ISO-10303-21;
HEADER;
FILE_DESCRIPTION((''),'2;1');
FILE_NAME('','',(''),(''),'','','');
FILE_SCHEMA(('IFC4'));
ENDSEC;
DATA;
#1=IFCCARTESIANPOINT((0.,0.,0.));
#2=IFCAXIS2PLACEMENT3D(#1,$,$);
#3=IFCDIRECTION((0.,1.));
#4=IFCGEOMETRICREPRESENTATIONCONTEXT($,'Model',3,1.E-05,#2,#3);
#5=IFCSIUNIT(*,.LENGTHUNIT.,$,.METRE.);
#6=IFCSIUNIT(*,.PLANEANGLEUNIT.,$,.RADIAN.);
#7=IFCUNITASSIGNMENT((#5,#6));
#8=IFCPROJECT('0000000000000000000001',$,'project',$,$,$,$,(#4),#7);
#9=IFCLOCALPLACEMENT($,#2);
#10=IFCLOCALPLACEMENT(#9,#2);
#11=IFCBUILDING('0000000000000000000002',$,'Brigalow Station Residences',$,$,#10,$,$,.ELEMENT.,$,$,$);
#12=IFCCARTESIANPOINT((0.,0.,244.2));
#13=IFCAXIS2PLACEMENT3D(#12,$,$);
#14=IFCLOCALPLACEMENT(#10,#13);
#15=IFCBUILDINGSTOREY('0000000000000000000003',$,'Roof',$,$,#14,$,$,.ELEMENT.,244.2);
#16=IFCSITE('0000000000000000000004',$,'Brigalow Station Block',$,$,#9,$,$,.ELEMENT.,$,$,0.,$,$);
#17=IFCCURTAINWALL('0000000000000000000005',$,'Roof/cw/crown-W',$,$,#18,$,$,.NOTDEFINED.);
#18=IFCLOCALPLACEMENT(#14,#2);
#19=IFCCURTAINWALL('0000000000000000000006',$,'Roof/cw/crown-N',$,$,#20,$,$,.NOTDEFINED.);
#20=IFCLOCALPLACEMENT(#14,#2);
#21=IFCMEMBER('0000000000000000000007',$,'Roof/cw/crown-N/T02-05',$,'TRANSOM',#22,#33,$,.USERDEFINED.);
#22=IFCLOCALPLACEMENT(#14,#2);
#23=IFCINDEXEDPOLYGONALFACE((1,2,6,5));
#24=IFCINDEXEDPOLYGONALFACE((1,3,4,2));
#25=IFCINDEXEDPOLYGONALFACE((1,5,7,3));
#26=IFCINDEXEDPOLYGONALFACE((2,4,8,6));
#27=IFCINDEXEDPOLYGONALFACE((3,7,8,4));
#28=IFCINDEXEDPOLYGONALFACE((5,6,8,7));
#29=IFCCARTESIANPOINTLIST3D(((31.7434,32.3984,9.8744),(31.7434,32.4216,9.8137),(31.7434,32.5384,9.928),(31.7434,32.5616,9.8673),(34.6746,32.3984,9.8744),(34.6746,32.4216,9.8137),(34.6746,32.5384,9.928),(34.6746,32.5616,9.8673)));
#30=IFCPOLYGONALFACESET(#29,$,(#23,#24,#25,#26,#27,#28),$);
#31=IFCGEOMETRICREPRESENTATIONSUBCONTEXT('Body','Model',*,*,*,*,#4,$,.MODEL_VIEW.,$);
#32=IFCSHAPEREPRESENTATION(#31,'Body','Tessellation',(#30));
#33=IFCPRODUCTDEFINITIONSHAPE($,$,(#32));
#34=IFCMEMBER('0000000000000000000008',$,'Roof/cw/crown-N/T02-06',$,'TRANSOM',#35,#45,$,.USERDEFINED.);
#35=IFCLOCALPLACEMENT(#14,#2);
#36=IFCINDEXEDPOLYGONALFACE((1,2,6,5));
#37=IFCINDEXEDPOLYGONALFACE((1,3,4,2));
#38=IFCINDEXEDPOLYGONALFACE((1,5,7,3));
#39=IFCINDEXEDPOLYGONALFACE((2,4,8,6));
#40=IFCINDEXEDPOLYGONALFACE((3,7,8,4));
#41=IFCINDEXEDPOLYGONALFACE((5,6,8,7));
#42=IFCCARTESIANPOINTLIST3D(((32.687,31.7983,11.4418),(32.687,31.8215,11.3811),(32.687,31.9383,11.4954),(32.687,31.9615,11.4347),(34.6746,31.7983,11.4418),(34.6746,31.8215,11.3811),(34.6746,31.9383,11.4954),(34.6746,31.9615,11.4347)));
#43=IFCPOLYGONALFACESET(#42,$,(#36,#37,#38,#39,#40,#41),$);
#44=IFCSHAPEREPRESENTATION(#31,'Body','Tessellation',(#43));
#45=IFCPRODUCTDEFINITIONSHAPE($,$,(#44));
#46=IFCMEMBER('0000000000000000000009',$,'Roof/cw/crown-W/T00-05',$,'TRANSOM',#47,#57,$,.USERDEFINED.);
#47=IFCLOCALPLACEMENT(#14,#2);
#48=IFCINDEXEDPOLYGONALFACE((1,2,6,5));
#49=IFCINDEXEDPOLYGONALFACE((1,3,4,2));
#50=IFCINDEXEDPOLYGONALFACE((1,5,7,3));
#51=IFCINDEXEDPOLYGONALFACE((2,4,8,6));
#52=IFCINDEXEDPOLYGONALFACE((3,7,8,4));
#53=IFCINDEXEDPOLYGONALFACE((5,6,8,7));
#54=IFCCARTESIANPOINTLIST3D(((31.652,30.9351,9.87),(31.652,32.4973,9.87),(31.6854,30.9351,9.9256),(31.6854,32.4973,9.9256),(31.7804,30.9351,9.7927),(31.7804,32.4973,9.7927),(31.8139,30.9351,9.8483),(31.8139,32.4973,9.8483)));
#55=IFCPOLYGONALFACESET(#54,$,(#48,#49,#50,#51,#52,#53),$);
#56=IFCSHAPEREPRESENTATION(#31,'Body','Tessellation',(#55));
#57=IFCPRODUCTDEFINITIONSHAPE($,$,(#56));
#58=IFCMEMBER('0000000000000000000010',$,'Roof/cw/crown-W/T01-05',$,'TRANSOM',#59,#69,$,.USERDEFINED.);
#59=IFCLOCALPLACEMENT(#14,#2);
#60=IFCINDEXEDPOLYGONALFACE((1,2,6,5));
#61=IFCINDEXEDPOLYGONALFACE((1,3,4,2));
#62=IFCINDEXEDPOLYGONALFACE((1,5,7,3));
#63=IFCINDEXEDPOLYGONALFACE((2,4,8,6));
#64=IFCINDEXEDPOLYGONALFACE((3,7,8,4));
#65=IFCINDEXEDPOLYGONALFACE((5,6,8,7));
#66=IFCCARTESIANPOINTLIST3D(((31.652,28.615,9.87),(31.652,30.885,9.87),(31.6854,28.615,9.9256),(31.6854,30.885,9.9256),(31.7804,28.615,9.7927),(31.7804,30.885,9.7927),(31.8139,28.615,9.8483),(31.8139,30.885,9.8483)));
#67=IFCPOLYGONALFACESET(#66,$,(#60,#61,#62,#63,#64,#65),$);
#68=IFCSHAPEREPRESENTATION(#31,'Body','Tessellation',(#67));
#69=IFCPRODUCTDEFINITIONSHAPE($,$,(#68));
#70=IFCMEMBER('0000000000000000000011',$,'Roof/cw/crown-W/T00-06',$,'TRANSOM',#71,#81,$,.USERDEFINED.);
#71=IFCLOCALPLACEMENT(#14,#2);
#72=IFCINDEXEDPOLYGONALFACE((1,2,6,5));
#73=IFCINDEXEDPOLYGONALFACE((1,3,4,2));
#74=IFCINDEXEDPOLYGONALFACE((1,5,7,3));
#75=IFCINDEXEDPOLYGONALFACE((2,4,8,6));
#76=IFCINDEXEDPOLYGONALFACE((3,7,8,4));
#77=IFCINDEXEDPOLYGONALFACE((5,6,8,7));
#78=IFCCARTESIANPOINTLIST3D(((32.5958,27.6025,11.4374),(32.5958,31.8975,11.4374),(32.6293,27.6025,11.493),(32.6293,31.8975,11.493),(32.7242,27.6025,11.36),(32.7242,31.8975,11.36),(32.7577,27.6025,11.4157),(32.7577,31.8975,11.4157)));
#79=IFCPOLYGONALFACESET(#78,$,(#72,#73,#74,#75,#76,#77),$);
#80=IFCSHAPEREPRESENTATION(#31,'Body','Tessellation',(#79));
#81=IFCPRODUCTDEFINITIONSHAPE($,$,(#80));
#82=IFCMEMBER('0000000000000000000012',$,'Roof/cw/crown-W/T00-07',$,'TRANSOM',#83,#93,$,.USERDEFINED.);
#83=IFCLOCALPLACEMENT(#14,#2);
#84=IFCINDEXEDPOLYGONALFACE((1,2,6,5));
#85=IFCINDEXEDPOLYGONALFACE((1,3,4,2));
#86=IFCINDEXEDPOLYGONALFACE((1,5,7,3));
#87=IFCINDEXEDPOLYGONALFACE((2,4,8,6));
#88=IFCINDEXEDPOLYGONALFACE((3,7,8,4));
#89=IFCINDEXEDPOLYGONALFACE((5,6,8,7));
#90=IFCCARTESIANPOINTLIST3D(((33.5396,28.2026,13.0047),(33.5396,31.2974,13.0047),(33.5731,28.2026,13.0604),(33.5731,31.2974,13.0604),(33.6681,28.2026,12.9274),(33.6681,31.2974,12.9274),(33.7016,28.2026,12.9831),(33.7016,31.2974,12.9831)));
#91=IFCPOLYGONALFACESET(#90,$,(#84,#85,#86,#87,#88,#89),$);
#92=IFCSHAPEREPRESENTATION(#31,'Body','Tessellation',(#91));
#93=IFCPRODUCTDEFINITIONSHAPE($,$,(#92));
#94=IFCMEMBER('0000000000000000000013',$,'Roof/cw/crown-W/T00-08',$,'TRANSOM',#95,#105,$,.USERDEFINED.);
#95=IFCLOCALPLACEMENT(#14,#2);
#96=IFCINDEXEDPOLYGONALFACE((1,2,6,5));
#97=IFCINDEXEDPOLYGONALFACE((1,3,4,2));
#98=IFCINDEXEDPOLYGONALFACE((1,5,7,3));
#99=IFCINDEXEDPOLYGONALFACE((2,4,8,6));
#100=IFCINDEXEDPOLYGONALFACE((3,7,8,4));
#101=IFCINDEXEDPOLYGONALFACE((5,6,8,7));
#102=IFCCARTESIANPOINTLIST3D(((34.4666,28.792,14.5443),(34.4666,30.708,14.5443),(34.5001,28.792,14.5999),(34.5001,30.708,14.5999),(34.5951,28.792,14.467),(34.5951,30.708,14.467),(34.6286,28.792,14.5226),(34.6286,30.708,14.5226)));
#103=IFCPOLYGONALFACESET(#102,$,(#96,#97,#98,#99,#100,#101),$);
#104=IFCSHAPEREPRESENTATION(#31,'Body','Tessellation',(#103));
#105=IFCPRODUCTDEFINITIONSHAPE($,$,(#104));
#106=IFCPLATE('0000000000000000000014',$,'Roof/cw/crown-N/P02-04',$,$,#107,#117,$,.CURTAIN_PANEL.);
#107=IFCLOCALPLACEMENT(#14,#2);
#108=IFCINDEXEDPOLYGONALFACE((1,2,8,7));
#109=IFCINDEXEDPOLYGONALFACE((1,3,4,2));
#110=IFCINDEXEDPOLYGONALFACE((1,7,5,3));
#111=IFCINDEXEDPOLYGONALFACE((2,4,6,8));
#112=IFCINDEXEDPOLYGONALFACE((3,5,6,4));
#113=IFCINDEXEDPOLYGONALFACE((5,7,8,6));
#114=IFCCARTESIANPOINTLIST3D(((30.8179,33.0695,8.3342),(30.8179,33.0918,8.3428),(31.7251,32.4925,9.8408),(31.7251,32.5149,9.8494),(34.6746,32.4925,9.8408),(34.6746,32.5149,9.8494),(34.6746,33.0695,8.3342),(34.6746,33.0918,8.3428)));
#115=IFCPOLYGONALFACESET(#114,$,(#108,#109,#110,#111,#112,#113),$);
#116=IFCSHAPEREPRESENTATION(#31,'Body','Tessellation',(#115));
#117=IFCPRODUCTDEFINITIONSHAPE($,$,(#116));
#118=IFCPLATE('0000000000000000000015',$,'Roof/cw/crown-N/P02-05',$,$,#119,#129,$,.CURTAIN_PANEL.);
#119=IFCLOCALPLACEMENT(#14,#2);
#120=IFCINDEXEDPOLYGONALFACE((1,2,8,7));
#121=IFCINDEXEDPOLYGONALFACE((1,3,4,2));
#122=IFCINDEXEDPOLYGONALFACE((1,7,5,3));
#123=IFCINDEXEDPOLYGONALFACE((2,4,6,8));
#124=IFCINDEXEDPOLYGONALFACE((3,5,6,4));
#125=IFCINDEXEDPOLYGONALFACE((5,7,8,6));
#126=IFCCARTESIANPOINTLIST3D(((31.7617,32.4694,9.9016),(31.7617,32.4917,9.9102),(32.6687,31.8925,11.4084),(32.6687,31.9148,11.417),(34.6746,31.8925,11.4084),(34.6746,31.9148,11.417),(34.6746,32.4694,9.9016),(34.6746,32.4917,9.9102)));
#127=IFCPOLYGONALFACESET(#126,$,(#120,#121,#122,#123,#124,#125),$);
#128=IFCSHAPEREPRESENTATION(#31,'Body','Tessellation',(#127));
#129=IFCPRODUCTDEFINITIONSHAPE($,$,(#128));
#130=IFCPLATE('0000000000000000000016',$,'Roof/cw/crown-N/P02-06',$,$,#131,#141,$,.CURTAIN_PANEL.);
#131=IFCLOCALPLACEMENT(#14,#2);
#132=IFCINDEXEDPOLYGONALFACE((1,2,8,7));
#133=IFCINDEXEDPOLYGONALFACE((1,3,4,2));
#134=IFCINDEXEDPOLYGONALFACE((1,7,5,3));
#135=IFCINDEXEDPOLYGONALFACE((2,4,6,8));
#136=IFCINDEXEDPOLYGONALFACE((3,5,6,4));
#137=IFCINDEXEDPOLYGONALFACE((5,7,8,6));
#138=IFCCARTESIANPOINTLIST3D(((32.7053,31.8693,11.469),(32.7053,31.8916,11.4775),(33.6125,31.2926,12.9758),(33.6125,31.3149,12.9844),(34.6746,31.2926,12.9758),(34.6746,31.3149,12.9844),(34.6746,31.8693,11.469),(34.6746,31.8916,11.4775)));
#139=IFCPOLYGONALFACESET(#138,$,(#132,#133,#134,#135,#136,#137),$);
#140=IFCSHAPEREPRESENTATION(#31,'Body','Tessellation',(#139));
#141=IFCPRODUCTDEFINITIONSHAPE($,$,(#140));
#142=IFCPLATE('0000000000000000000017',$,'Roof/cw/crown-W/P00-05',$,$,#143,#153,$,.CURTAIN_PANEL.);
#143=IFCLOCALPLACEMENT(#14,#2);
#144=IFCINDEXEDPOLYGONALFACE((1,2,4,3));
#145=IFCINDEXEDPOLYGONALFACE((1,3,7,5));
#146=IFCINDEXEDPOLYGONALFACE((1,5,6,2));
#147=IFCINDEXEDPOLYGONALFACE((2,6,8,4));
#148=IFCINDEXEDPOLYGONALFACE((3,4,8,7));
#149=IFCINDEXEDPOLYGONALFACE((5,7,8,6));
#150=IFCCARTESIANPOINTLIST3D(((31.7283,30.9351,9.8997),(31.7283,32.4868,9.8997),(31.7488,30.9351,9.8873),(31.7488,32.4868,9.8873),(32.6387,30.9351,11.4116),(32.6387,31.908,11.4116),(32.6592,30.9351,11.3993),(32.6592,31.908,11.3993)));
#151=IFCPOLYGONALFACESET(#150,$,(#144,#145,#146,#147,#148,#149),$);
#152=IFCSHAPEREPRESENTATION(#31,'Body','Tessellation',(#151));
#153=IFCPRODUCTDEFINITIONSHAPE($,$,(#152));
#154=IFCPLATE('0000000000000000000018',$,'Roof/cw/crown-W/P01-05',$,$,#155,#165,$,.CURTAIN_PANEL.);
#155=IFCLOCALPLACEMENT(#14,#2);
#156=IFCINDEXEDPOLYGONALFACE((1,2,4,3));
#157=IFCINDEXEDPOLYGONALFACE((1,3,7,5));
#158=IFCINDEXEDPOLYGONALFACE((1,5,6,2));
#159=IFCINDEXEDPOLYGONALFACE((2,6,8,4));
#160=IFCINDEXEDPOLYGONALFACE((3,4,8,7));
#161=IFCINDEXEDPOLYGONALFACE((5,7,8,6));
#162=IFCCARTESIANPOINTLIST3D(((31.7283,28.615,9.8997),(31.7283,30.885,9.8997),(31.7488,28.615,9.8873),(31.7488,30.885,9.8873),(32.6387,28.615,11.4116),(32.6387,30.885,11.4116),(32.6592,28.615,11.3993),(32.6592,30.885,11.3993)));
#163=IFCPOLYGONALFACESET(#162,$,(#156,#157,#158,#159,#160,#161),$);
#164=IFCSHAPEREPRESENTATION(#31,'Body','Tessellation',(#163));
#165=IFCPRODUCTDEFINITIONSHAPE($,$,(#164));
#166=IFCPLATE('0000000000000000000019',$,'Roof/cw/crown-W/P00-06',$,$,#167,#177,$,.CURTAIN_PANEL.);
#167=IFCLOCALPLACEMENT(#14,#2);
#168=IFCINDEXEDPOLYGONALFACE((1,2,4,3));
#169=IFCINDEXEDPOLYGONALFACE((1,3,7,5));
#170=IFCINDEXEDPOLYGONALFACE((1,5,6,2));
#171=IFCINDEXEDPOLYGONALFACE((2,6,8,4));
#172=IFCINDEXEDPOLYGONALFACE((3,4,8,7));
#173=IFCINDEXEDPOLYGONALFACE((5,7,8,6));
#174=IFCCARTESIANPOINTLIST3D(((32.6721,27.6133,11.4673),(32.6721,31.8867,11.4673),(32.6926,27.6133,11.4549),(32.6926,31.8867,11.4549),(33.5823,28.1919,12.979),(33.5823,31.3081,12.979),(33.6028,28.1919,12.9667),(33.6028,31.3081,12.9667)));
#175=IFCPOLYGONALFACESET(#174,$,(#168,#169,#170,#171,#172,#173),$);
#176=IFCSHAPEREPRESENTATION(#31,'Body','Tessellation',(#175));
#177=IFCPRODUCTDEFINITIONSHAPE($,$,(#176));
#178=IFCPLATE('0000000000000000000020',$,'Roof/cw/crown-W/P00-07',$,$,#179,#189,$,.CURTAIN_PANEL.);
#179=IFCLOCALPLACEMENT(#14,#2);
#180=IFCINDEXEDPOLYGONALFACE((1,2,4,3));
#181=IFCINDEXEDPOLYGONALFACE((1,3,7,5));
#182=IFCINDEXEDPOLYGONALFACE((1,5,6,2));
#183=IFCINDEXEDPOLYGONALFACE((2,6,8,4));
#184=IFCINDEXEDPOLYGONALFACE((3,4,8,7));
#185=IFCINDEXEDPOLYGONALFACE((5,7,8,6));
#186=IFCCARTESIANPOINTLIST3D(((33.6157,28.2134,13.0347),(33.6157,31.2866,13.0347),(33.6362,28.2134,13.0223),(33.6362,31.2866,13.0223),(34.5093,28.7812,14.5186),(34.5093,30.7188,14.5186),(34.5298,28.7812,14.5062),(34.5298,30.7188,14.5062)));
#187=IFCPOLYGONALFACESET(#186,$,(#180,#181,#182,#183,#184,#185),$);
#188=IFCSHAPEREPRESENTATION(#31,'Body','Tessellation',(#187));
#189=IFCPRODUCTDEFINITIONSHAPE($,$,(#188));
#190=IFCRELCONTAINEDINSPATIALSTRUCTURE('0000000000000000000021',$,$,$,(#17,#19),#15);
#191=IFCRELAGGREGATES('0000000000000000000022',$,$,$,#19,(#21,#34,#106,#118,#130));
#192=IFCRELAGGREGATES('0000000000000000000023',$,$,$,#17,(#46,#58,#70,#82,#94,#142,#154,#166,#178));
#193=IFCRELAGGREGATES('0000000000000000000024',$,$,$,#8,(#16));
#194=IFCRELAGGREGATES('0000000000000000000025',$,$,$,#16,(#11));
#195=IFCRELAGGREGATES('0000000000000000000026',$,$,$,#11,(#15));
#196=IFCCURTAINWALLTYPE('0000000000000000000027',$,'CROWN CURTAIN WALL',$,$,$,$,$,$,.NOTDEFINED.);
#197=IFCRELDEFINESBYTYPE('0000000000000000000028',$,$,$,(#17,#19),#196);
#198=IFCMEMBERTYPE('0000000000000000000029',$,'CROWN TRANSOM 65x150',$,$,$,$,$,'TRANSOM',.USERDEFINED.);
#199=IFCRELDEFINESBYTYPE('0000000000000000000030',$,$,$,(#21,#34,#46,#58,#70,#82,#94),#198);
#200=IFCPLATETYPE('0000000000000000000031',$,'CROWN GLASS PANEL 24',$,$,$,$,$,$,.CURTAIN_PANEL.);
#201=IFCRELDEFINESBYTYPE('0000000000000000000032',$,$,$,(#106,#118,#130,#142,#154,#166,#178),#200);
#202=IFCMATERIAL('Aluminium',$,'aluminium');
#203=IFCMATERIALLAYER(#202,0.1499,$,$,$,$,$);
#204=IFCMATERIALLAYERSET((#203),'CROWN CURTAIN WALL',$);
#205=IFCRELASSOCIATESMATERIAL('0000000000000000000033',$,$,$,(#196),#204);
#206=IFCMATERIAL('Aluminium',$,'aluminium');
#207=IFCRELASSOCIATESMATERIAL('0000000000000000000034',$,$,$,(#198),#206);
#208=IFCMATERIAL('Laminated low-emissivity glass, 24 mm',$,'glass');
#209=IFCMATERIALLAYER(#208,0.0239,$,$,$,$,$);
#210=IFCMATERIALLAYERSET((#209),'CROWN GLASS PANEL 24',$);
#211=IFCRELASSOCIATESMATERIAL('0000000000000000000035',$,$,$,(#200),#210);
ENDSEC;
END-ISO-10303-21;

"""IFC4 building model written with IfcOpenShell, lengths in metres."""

from ifc_helpers import new_model, si_unit, direction, frame, origin, origin_2d, place, context, subcontext, project, spatial, polyline, rectangle, outline, extrude, material, layer, layer_set, material_profile, profile_set, type_object, element, aggregate, save


model = new_model("IFC4")

# Units and contexts
model_context = context("Model", 3, precision=1e-05, world=origin(), true_north=direction((0.0, 1.0)))
body_context = subcontext(model_context, "Body", "Model", "MODEL_VIEW")
ifc_project = project(units=[si_unit("LENGTHUNIT", "METRE"), si_unit("PLANEANGLEUNIT", "RADIAN")], contexts=[model_context])

# Site, building, storey
site_placement = place(None, origin())
site = spatial("IfcSite", under=ifc_project, at=site_placement, Name="Brigalow Station Block", CompositionType="ELEMENT", RefElevation=0.0)
building_placement = place(site_placement, origin())
building = spatial("IfcBuilding", under=site, at=building_placement, Name="Brigalow Station Residences", CompositionType="ELEMENT")
storey_placement = place(building_placement, frame((0.0, 0.0, 244.2)))
storey = spatial("IfcBuildingStorey", under=building, at=storey_placement, Name="Roof", CompositionType="ELEMENT", Elevation=244.2)

# Curtain wall
ifc_material_1 = material(Name="Aluminium", Category="aluminium")
ifc_layer_1 = layer(ifc_material_1, 0.1499)
ifc_layer_set_1 = layer_set([ifc_layer_1], Name="CROWN CURTAIN WALL")
curtain_wall_type = type_object("IfcCurtainWallType", Name="CROWN CURTAIN WALL", PredefinedType="NOTDEFINED", material=ifc_layer_set_1)
curtain_wall_1_placement = place(storey_placement, origin())
curtain_wall_1 = element("IfcCurtainWall", 1, at=curtain_wall_1_placement, inside=storey, type_object=curtain_wall_type, Name="Roof/cw/crown-W", PredefinedType="NOTDEFINED")
ifc_material_2 = material(Name="Aluminium", Category="aluminium")
ifc_material_profile_1 = material_profile(ifc_material_2, rectangle(XDim=0.0649, YDim=0.1499, at=origin_2d()), Name="CROWN TRANSOM 65x150")
ifc_profile_set_1 = profile_set([ifc_material_profile_1], Name="Aluminium")
member_type_1 = type_object("IfcMemberType", Name="CROWN TRANSOM 65x150", ElementType="TRANSOM", PredefinedType="USERDEFINED", material=ifc_profile_set_1)

# Curtain wall, members
curtain_wall_2_placement = place(storey_placement, origin())
curtain_wall_2 = element("IfcCurtainWall", 2, at=curtain_wall_2_placement, inside=storey, type_object=curtain_wall_type, Name="Roof/cw/crown-N", PredefinedType="NOTDEFINED")
member_1_placement = place(storey_placement, frame((34.6746, 32.48, 9.8708), z_axis=(-1.0, 0.0, 0.0), x_axis=(0.0, -0.357491, 0.933917)))
member_1 = element("IfcMember", 3, at=member_1_placement, type_object=member_type_1, Name="Roof/cw/crown-N/T02-05", ObjectType="TRANSOM", PredefinedType="USERDEFINED", context=body_context, shape_type="SweptSolid", body=[
    extrude(rectangle(XDim=0.0649, YDim=0.1499, at=origin_2d()), origin(), (0.0, 0.0, 1.0), 2.9312),
])
member_2_placement = place(storey_placement, frame((34.6746, 31.8799, 11.4382), z_axis=(-1.0, 0.0, 0.0), x_axis=(0.0, -0.357491, 0.933917)))
member_2 = element("IfcMember", 4, at=member_2_placement, type_object=member_type_1, Name="Roof/cw/crown-N/T02-06", ObjectType="TRANSOM", PredefinedType="USERDEFINED", context=body_context, shape_type="SweptSolid", body=[
    extrude(rectangle(XDim=0.0649, YDim=0.1499, at=origin_2d()), origin(), (0.0, 0.0, 1.0), 1.9875),
])

# Members
member_3_placement = place(storey_placement, frame((31.7329, 32.4973, 9.8591), z_axis=(0.0, -1.0, 0.0), x_axis=(0.515813, 0.0, 0.856701)))
member_3 = element("IfcMember", 5, at=member_3_placement, type_object=member_type_1, Name="Roof/cw/crown-W/T00-05", ObjectType="TRANSOM", PredefinedType="USERDEFINED", context=body_context, shape_type="SweptSolid", body=[
    extrude(rectangle(XDim=0.0649, YDim=0.1499, at=origin_2d()), origin(), (0.0, 0.0, 1.0), 1.5623),
])
member_4_placement = place(storey_placement, frame((31.7329, 30.885, 9.8591), z_axis=(0.0, -1.0, 0.0), x_axis=(0.515813, 0.0, 0.856701)))
member_4 = element("IfcMember", 6, at=member_4_placement, type_object=member_type_1, Name="Roof/cw/crown-W/T01-05", ObjectType="TRANSOM", PredefinedType="USERDEFINED", context=body_context, shape_type="SweptSolid", body=[
    extrude(rectangle(XDim=0.0649, YDim=0.1499, at=origin_2d()), origin(), (0.0, 0.0, 1.0), 2.27),
])
member_5_placement = place(storey_placement, frame((32.6768, 31.8975, 11.4265), z_axis=(0.0, -1.0, 0.0), x_axis=(0.515813, 0.0, 0.856701)))
member_5 = element("IfcMember", 7, at=member_5_placement, type_object=member_type_1, Name="Roof/cw/crown-W/T00-06", ObjectType="TRANSOM", PredefinedType="USERDEFINED", context=body_context, shape_type="SweptSolid", body=[
    extrude(rectangle(XDim=0.0649, YDim=0.1499, at=origin_2d()), origin(), (0.0, 0.0, 1.0), 4.2949),
])
member_6_placement = place(storey_placement, frame((33.6206, 31.2974, 12.9939), z_axis=(0.0, -1.0, 0.0), x_axis=(0.515813, 0.0, 0.856701)))
member_6 = element("IfcMember", 8, at=member_6_placement, type_object=member_type_1, Name="Roof/cw/crown-W/T00-07", ObjectType="TRANSOM", PredefinedType="USERDEFINED", context=body_context, shape_type="SweptSolid", body=[
    extrude(rectangle(XDim=0.0649, YDim=0.1499, at=origin_2d()), origin(), (0.0, 0.0, 1.0), 3.0947),
])
member_7_placement = place(storey_placement, frame((34.5476, 30.708, 14.5334), z_axis=(0.0, -1.0, 0.0), x_axis=(0.515813, 0.0, 0.856701)))
member_7 = element("IfcMember", 9, at=member_7_placement, type_object=member_type_1, Name="Roof/cw/crown-W/T00-08", ObjectType="TRANSOM", PredefinedType="USERDEFINED", context=body_context, shape_type="SweptSolid", body=[
    extrude(rectangle(XDim=0.0649, YDim=0.1499, at=origin_2d()), origin(), (0.0, 0.0, 1.0), 1.916),
])

# Plates
ifc_material_3 = material(Name="Laminated low-emissivity glass, 24 mm", Category="glass")
ifc_layer_2 = layer(ifc_material_3, 0.0239)
ifc_layer_set_2 = layer_set([ifc_layer_2], Name="CROWN GLASS PANEL 24")
plate_type_1 = type_object("IfcPlateType", Name="CROWN GLASS PANEL 24", PredefinedType="CURTAIN_PANEL", material=ifc_layer_set_2)
plate_1_placement = place(storey_placement, frame((34.6746, 33.0918, 8.3428), z_axis=(0.0, 0.933875, 0.3576), x_axis=(-1.0, 0.0, 0.0)))
plate_1 = element("IfcPlate", 10, at=plate_1_placement, type_object=plate_type_1, Name="Roof/cw/crown-N/P02-04", PredefinedType="CURTAIN_PANEL", context=body_context, shape_type="SweptSolid", body=[
    extrude(outline(polyline([(0.0, 0.0), (3.8567, 0.0), (2.9495, 1.6133), (0.0, 1.6133), (0.0, 0.0)])), origin(), (0.0, 0.0, -1.0), 0.0239),
])
plate_2_placement = place(storey_placement, frame((34.6746, 32.4917, 9.9102), z_axis=(0.0, 0.933894, 0.357549), x_axis=(-1.0, 0.0, 0.0)))
plate_2 = element("IfcPlate", 11, at=plate_2_placement, type_object=plate_type_1, Name="Roof/cw/crown-N/P02-05", PredefinedType="CURTAIN_PANEL", context=body_context, shape_type="SweptSolid", body=[
    extrude(outline(polyline([(0.0, 0.0), (2.9128, 0.0), (2.0059, 1.6135), (0.0, 1.6135), (0.0, 0.0)])), origin(), (0.0, 0.0, -1.0), 0.0239),
])
plate_3_placement = place(storey_placement, frame((34.6746, 31.8916, 11.4775), z_axis=(0.0, 0.933945, 0.357417), x_axis=(-1.0, 0.0, 0.0)))
plate_3 = element("IfcPlate", 12, at=plate_3_placement, type_object=plate_type_1, Name="Roof/cw/crown-N/P02-06", PredefinedType="CURTAIN_PANEL", context=body_context, shape_type="SweptSolid", body=[
    extrude(outline(polyline([(0.0, 0.0), (1.9692, 0.0), (1.062, 1.6134), (0.0, 1.6134), (0.0, 0.0)])), origin(), (0.0, 0.0, -1.0), 0.0239),
])
aggregate(curtain_wall_2, [member_1, member_2, plate_1, plate_2, plate_3])
plate_4_placement = place(storey_placement, frame((31.7283, 32.4868, 9.8997), z_axis=(-0.856686, 0.0, 0.515838), x_axis=(0.0, -1.0, 0.0)))
plate_4 = element("IfcPlate", 13, at=plate_4_placement, type_object=plate_type_1, Name="Roof/cw/crown-W/P00-05", PredefinedType="CURTAIN_PANEL", context=body_context, shape_type="SweptSolid", body=[
    extrude(outline(polyline([(0.0, 0.0), (1.5518, 0.0), (1.5518, 1.7649), (0.5789, 1.7649), (0.0, 0.0)])), origin(), (0.0, 0.0, -1.0), 0.0239),
])
plate_5_placement = place(storey_placement, frame((31.7283, 30.885, 9.8997), z_axis=(-0.856686, 0.0, 0.515838), x_axis=(0.0, -1.0, 0.0)))
plate_5 = element("IfcPlate", 14, at=plate_5_placement, type_object=plate_type_1, Name="Roof/cw/crown-W/P01-05", PredefinedType="CURTAIN_PANEL", context=body_context, shape_type="SweptSolid", body=[
    extrude(outline(polyline([(0.0, 0.0), (2.27, 0.0), (2.27, 1.7649), (0.0, 1.7649), (0.0, 0.0)])), origin(), (0.0, 0.0, -1.0), 0.0239),
])
plate_6_placement = place(storey_placement, frame((32.6721, 31.8867, 11.4673), z_axis=(-0.856711, 0.0, 0.515797), x_axis=(0.0, -1.0, 0.0)))
plate_6 = element("IfcPlate", 15, at=plate_6_placement, type_object=plate_type_1, Name="Roof/cw/crown-W/P00-06", PredefinedType="CURTAIN_PANEL", context=body_context, shape_type="SweptSolid", body=[
    extrude(outline(polyline([(0.0, 0.0), (4.2734, 0.0), (3.6948, 1.7646), (0.5786, 1.7646), (0.0, 0.0)])), origin(), (0.0, 0.0, -1.0), 0.0239),
])
plate_7_placement = place(storey_placement, frame((33.6157, 31.2866, 13.0347), z_axis=(-0.856671, 0.0, 0.515863), x_axis=(0.0, -1.0, 0.0)))
plate_7 = element("IfcPlate", 16, at=plate_7_placement, type_object=plate_type_1, Name="Roof/cw/crown-W/P00-07", PredefinedType="CURTAIN_PANEL", context=body_context, shape_type="SweptSolid", body=[
    extrude(outline(polyline([(0.0, 0.0), (3.0732, 0.0), (2.5054, 1.7322), (0.5679, 1.7322), (0.0, 0.0)])), origin(), (0.0, 0.0, -1.0), 0.0239),
])
aggregate(curtain_wall_1, [member_3, member_4, member_5, member_6, member_7, plate_4, plate_5, plate_6, plate_7])

save(model, "model.ifc")
